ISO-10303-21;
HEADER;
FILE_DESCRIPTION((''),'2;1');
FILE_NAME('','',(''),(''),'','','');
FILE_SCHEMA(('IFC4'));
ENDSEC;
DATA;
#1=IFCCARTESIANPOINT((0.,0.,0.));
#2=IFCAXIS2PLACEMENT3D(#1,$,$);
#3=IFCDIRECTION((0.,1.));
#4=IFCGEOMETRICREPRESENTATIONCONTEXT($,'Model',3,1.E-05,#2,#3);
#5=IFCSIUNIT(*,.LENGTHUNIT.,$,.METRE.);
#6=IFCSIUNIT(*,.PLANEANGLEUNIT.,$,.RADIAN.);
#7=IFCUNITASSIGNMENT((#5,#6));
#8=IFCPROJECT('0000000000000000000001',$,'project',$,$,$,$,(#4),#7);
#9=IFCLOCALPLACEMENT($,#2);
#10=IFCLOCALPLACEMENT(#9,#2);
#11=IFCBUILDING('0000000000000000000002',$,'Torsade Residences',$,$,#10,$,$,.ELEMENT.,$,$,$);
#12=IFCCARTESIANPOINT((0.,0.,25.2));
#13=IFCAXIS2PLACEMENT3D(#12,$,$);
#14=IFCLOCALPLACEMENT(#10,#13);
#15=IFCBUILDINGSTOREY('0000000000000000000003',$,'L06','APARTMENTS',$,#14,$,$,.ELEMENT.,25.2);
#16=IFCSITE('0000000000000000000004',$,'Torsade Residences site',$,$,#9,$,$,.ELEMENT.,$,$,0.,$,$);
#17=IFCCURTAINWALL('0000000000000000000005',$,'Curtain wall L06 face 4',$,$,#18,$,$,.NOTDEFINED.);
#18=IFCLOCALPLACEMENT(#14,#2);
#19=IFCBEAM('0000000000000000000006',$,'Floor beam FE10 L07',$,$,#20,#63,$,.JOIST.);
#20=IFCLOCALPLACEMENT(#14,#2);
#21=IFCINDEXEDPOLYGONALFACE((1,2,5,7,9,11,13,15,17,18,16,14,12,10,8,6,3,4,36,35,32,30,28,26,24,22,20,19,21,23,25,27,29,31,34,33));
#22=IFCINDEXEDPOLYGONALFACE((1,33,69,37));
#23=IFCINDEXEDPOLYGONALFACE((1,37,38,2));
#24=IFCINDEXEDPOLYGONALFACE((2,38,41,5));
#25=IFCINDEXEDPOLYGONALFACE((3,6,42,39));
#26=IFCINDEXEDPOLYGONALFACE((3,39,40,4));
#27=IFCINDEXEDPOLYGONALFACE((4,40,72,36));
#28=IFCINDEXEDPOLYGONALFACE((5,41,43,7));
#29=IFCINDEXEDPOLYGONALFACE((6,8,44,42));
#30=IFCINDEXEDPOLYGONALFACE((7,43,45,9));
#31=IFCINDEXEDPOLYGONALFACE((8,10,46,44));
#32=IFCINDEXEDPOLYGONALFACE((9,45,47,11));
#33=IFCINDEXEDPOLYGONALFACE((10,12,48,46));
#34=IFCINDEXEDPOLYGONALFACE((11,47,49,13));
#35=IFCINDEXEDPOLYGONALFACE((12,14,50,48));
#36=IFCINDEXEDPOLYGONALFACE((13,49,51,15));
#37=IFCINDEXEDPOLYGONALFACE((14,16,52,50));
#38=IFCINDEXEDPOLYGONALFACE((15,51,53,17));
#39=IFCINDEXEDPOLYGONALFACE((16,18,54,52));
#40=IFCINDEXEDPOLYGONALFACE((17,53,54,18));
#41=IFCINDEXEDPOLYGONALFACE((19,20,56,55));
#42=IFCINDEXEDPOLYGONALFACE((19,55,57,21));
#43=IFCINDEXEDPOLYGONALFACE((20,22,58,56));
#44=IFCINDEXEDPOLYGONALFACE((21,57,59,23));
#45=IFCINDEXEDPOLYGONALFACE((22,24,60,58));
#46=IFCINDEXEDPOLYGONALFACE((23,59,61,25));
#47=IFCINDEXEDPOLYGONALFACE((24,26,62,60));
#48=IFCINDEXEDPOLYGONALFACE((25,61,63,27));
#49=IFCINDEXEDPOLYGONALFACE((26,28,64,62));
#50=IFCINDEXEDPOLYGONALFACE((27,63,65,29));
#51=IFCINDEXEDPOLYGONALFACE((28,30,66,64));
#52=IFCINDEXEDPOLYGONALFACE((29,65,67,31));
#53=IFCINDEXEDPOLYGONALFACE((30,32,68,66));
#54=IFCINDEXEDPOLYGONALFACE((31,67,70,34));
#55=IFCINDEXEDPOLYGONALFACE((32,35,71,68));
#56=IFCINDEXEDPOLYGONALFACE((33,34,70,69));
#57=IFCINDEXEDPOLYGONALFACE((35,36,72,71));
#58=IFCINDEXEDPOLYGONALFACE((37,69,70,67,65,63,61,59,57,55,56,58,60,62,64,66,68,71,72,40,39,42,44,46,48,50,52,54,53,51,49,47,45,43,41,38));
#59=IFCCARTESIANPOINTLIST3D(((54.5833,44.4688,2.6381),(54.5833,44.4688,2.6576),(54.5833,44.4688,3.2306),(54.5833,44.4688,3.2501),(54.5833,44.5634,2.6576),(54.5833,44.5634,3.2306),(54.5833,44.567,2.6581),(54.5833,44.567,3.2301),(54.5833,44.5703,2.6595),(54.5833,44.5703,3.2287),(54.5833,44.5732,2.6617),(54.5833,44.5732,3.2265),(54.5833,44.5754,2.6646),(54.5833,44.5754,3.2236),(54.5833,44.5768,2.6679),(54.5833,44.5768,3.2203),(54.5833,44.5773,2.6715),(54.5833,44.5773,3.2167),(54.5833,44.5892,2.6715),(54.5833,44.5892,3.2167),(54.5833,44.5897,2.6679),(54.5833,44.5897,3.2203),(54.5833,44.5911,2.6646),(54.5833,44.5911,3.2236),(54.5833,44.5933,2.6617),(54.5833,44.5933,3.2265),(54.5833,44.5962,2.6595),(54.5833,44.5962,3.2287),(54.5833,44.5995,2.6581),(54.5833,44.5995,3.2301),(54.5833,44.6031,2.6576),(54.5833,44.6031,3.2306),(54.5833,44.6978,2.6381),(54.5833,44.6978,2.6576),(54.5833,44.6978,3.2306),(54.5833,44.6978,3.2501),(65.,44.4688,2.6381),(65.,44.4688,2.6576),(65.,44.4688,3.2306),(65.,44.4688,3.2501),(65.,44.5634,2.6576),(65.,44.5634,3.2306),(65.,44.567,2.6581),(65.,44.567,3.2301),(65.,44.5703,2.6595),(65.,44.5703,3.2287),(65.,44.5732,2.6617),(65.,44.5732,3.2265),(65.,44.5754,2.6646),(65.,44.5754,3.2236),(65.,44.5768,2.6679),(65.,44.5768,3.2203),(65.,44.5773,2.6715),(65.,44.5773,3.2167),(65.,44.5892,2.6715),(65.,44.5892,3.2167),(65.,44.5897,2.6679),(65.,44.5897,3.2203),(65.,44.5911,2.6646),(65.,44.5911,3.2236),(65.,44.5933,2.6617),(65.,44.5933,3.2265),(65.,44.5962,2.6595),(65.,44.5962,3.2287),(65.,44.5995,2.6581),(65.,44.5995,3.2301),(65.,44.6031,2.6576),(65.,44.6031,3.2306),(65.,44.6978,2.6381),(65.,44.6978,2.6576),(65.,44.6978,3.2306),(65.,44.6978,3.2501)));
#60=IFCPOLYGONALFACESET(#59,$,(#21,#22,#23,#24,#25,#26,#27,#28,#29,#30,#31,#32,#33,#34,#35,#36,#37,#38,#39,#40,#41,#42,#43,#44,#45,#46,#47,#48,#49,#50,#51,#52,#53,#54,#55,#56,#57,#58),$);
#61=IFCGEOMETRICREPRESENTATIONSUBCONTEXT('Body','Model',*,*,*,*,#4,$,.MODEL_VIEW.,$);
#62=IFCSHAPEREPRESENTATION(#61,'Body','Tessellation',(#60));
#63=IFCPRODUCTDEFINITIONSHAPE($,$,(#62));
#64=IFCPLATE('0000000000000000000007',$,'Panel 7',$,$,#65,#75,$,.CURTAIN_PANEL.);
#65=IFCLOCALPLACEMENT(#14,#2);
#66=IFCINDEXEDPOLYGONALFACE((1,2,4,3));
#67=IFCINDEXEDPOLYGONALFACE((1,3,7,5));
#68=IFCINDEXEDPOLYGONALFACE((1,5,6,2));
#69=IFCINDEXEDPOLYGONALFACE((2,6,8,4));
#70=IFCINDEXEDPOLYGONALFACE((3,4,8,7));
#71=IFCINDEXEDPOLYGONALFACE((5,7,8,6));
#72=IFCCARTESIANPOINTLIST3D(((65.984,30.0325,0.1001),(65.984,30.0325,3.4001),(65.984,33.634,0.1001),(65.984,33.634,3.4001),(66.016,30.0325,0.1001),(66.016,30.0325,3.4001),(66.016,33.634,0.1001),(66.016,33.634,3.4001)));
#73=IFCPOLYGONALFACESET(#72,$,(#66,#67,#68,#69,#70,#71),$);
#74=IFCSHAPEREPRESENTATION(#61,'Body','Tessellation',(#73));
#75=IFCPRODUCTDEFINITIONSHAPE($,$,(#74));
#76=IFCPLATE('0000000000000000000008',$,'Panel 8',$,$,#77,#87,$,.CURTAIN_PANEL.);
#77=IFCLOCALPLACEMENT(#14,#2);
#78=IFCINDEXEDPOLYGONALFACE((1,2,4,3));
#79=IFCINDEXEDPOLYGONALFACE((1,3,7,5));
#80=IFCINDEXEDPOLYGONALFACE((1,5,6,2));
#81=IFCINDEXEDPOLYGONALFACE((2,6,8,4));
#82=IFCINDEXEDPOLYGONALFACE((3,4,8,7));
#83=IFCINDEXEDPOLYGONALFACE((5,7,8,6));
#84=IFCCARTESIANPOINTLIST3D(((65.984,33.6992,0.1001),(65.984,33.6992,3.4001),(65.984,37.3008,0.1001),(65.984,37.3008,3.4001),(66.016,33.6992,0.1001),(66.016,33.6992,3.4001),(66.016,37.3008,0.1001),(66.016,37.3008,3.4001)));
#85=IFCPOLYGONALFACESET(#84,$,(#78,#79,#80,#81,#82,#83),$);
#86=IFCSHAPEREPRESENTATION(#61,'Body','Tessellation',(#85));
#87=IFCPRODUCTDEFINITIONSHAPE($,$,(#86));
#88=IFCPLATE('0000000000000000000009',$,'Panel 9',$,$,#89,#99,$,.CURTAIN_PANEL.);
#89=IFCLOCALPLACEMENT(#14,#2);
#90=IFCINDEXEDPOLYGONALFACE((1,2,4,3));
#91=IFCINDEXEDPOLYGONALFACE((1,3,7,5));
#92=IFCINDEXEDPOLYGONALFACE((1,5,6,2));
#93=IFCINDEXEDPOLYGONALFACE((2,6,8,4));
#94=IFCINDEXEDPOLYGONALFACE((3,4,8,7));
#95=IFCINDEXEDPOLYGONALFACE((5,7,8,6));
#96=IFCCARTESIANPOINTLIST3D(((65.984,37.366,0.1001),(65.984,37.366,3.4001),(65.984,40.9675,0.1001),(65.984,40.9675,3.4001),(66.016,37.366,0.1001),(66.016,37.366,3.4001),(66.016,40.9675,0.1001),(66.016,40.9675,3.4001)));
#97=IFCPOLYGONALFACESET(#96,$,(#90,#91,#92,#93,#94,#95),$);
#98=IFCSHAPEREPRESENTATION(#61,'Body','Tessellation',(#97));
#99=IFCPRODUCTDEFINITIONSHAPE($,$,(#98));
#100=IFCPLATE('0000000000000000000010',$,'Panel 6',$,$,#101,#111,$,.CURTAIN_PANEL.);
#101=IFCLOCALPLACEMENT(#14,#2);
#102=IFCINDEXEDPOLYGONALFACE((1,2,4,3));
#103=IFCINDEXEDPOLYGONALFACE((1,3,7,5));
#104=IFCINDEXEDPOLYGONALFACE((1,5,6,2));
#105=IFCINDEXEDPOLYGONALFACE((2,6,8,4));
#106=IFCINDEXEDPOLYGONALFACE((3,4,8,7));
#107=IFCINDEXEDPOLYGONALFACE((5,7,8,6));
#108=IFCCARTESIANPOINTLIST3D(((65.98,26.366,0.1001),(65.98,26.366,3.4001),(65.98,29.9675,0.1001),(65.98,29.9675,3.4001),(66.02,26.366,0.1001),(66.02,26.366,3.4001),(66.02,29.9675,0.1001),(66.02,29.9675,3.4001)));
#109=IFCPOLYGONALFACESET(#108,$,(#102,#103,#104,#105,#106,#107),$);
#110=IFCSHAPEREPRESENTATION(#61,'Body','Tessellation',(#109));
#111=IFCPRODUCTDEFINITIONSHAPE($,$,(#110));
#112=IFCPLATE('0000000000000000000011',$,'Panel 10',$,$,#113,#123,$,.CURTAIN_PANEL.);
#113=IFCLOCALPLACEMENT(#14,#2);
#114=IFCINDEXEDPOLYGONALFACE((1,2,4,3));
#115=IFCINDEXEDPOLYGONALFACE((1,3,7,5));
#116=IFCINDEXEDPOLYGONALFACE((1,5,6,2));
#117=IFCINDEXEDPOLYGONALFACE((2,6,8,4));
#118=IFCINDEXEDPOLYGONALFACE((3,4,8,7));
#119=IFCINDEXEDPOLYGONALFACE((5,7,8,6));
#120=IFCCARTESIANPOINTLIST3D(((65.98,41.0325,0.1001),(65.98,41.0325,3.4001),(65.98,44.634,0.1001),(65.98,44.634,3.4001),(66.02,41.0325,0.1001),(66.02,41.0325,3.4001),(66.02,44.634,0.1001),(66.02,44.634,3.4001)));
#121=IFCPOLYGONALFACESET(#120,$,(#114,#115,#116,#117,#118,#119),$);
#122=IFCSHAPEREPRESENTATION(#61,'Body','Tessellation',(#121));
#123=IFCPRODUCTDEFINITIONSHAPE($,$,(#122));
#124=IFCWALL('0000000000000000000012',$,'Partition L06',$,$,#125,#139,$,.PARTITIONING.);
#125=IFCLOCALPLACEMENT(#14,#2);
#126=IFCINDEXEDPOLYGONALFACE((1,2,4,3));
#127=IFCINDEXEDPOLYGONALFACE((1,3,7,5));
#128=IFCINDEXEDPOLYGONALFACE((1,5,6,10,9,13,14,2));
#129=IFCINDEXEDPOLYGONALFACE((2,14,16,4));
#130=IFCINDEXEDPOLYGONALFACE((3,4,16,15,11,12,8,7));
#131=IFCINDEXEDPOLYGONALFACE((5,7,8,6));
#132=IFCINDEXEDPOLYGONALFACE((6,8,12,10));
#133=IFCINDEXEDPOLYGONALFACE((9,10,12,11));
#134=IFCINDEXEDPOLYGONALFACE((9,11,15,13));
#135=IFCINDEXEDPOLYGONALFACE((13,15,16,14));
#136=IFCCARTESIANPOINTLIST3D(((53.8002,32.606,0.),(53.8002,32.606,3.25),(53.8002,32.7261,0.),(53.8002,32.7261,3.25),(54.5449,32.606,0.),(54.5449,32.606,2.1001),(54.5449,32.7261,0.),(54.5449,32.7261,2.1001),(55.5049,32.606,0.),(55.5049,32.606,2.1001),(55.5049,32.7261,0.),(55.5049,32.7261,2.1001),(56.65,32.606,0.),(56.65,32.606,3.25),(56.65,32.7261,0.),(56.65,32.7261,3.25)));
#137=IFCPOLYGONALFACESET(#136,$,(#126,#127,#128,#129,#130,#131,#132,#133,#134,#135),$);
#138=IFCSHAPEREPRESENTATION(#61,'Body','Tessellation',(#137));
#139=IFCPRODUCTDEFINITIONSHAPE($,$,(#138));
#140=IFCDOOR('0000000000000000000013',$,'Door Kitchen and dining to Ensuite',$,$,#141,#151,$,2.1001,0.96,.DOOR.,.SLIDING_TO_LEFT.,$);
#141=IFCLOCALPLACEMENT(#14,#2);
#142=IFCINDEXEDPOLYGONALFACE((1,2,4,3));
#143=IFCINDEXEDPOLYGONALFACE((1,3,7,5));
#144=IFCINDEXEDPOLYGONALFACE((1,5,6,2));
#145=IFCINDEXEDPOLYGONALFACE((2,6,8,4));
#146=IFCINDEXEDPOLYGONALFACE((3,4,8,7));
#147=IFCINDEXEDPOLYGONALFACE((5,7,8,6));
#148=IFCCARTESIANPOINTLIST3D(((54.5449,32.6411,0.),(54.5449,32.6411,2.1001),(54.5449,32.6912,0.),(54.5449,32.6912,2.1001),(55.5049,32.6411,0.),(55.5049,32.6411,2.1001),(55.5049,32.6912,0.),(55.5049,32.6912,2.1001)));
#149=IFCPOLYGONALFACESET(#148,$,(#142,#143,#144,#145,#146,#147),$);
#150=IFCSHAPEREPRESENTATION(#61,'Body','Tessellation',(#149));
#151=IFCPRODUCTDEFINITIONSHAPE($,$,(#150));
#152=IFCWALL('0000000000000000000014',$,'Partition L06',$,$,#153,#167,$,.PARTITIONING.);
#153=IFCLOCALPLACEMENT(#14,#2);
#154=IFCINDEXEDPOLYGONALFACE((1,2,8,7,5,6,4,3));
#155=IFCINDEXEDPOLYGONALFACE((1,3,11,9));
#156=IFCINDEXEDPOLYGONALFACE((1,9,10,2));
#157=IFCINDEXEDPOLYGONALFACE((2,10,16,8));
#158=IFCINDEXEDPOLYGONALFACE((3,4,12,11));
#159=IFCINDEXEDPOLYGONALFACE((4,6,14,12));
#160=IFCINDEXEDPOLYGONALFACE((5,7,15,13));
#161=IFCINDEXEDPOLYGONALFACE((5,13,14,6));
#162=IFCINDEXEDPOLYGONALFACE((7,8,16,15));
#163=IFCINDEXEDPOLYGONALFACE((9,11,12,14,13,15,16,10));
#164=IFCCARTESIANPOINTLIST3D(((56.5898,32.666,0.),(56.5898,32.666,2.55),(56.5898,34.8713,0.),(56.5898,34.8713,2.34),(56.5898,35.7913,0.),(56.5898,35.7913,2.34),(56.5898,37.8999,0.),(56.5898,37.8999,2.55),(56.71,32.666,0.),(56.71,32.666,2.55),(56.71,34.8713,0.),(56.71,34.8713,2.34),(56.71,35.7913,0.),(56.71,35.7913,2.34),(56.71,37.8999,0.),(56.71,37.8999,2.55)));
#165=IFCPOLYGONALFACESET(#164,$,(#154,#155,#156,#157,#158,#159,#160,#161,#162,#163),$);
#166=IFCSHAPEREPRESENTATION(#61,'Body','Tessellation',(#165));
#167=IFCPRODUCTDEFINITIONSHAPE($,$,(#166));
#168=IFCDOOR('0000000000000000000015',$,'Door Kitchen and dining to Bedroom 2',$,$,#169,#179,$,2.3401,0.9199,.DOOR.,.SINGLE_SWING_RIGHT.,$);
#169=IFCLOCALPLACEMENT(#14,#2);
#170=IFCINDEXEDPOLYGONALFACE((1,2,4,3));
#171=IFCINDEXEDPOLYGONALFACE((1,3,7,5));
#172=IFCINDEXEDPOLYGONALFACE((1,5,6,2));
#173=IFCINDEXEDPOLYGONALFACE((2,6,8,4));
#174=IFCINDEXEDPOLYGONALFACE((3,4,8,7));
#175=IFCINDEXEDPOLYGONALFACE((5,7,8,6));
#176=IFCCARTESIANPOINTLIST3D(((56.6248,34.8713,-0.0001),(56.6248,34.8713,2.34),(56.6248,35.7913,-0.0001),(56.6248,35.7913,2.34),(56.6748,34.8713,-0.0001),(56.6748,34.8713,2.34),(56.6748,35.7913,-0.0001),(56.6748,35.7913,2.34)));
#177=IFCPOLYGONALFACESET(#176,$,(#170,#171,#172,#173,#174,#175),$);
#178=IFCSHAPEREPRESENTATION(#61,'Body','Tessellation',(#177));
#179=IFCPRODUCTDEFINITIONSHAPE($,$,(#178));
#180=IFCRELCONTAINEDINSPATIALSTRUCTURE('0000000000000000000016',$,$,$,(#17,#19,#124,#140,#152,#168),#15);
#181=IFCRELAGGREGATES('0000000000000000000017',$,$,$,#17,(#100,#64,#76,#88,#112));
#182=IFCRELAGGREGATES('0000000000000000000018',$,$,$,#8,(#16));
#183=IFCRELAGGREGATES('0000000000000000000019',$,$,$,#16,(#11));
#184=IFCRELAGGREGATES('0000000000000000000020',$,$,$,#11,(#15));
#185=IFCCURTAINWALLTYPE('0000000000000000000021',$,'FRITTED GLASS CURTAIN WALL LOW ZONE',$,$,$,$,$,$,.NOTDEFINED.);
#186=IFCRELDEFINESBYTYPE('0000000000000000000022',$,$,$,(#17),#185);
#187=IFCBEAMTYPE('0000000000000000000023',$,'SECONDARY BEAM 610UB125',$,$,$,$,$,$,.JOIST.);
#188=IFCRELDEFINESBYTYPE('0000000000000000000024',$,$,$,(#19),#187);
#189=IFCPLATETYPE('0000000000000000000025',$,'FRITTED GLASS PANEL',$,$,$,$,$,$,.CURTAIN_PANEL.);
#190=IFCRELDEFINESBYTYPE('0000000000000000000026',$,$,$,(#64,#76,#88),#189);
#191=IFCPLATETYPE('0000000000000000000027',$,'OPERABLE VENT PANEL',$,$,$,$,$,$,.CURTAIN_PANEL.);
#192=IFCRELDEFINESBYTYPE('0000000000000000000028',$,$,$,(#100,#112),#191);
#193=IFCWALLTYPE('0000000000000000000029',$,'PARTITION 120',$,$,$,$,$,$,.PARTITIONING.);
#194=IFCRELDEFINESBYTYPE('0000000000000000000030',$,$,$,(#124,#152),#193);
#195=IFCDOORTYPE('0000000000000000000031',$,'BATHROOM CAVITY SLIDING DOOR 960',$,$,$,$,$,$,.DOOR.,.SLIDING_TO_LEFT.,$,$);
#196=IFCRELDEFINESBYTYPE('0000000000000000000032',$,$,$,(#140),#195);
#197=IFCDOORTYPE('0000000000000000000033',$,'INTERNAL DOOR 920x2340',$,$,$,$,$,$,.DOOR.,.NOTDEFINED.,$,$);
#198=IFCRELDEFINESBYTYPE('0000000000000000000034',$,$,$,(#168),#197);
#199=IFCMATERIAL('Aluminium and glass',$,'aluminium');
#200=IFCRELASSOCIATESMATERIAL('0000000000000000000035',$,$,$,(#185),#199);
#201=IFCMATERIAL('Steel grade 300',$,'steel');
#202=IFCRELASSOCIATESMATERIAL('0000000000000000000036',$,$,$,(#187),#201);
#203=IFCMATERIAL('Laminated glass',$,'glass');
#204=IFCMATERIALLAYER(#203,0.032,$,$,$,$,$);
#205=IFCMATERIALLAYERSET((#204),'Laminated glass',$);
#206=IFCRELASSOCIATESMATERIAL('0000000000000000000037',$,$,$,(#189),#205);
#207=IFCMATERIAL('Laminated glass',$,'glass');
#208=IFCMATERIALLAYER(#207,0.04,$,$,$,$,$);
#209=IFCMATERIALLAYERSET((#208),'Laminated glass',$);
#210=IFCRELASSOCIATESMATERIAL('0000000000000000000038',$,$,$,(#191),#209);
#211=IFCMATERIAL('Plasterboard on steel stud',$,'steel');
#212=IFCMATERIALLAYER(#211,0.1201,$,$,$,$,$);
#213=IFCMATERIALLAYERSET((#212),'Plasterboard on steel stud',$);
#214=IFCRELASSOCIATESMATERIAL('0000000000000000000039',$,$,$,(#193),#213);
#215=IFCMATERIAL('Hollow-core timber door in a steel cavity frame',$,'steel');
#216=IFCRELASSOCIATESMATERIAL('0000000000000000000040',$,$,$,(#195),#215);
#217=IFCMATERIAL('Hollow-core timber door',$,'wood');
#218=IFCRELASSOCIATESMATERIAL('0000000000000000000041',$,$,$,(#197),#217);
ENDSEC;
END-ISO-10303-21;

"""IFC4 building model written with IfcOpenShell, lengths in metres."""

from ifc_helpers import new_model, si_unit, direction, frame, frame_2d, origin, origin_2d, place, context, subcontext, project, spatial, rectangle, i_section, extrude, material, layer, layer_set, material_profile, profile_set, type_object, element, fill, aggregate, save


model = new_model("IFC4")

# Units and contexts
model_context = context("Model", 3, precision=1e-05, world=origin(), true_north=direction((0.0, 1.0)))
body_context = subcontext(model_context, "Body", "Model", "MODEL_VIEW")
ifc_project = project(units=[si_unit("LENGTHUNIT", "METRE"), si_unit("PLANEANGLEUNIT", "RADIAN")], contexts=[model_context])

# Site, building, storey
site_placement = place(None, origin())
site = spatial("IfcSite", under=ifc_project, at=site_placement, Name="Torsade Residences site", CompositionType="ELEMENT", RefElevation=0.0)
building_placement = place(site_placement, origin())
building = spatial("IfcBuilding", under=site, at=building_placement, Name="Torsade Residences", CompositionType="ELEMENT")
storey_placement = place(building_placement, frame((0.0, 0.0, 25.2)))
storey = spatial("IfcBuildingStorey", under=building, at=storey_placement, Name="L06", Description="APARTMENTS", CompositionType="ELEMENT", Elevation=25.2)

# Curtain wall
ifc_material_1 = material(Name="Aluminium and glass", Category="aluminium")
curtain_wall_type = type_object("IfcCurtainWallType", Name="FRITTED GLASS CURTAIN WALL LOW ZONE", PredefinedType="NOTDEFINED", material=ifc_material_1)
curtain_wall_placement = place(storey_placement, origin())
curtain_wall = element("IfcCurtainWall", 1, at=curtain_wall_placement, inside=storey, type_object=curtain_wall_type, Name="Curtain wall L06 face 4", PredefinedType="NOTDEFINED")

# Beam
ifc_material_2 = material(Name="Steel grade 300", Category="steel")
ifc_material_profile_1 = material_profile(ifc_material_2, i_section(OverallWidth=0.229, OverallDepth=0.6121, WebThickness=0.012, FlangeThickness=0.0195, FilletRadius=0.0139, at=origin_2d()), Name="610UB125")
ifc_profile_set_1 = profile_set([ifc_material_profile_1], Name="Steel grade 300")
beam_type_1 = type_object("IfcBeamType", Name="SECONDARY BEAM 610UB125", PredefinedType="JOIST", material=ifc_profile_set_1)
beam_1_placement = place(storey_placement, frame((65.0, 44.5833, 2.9441), z_axis=(-1.0, 0.0, 0.0), x_axis=(0.0, -1.0, 0.0)))
element("IfcBeam", 2, at=beam_1_placement, inside=storey, type_object=beam_type_1, Name="Floor beam FE10 L07", PredefinedType="JOIST", context=body_context, shape_type="SweptSolid", body=[
    extrude(i_section(OverallWidth=0.229, OverallDepth=0.6121, WebThickness=0.012, FlangeThickness=0.0195, FilletRadius=0.0139, at=origin_2d()), origin(), (0.0, 0.0, 1.0), 10.4167),
])

# Plates
ifc_material_3 = material(Name="Laminated glass", Category="glass")
ifc_layer_1 = layer(ifc_material_3, 0.032)
ifc_layer_set_1 = layer_set([ifc_layer_1], Name="Laminated glass")
plate_type_1 = type_object("IfcPlateType", Name="FRITTED GLASS PANEL", PredefinedType="CURTAIN_PANEL", material=ifc_layer_set_1)
plate_1_placement = place(storey_placement, frame((66.0, 31.8333, 0.1001), z_axis=(0.0, 0.0, 1.0), x_axis=(0.0, 1.0, 0.0)))
plate_1 = element("IfcPlate", 3, at=plate_1_placement, type_object=plate_type_1, Name="Panel 7", PredefinedType="CURTAIN_PANEL", context=body_context, shape_type="SweptSolid", body=[
    extrude(rectangle(XDim=3.6016, YDim=0.032, at=origin_2d()), origin(), (0.0, 0.0, 1.0), 3.3),
])
plate_2_placement = place(storey_placement, frame((66.0, 35.5, 0.1001), z_axis=(0.0, 0.0, 1.0), x_axis=(0.0, 1.0, 0.0)))
plate_2 = element("IfcPlate", 4, at=plate_2_placement, type_object=plate_type_1, Name="Panel 8", PredefinedType="CURTAIN_PANEL", context=body_context, shape_type="SweptSolid", body=[
    extrude(rectangle(XDim=3.6016, YDim=0.032, at=origin_2d()), origin(), (0.0, 0.0, 1.0), 3.3),
])
plate_3_placement = place(storey_placement, frame((66.0, 39.1667, 0.1001), z_axis=(0.0, 0.0, 1.0), x_axis=(0.0, 1.0, 0.0)))
plate_3 = element("IfcPlate", 5, at=plate_3_placement, type_object=plate_type_1, Name="Panel 9", PredefinedType="CURTAIN_PANEL", context=body_context, shape_type="SweptSolid", body=[
    extrude(rectangle(XDim=3.6016, YDim=0.032, at=origin_2d()), origin(), (0.0, 0.0, 1.0), 3.3),
])
ifc_material_4 = material(Name="Laminated glass", Category="glass")
ifc_layer_2 = layer(ifc_material_4, 0.04)
ifc_layer_set_2 = layer_set([ifc_layer_2], Name="Laminated glass")
plate_type_2 = type_object("IfcPlateType", Name="OPERABLE VENT PANEL", PredefinedType="CURTAIN_PANEL", material=ifc_layer_set_2)
plate_4_placement = place(storey_placement, frame((66.0, 28.1667, 0.1001), z_axis=(0.0, 0.0, 1.0), x_axis=(0.0, 1.0, 0.0)))
plate_4 = element("IfcPlate", 6, at=plate_4_placement, type_object=plate_type_2, Name="Panel 6", PredefinedType="CURTAIN_PANEL", context=body_context, shape_type="SweptSolid", body=[
    extrude(rectangle(XDim=3.6016, YDim=0.04, at=origin_2d()), origin(), (0.0, 0.0, 1.0), 3.3),
])
plate_5_placement = place(storey_placement, frame((66.0, 42.8333, 0.1001), z_axis=(0.0, 0.0, 1.0), x_axis=(0.0, 1.0, 0.0)))
plate_5 = element("IfcPlate", 7, at=plate_5_placement, type_object=plate_type_2, Name="Panel 10", PredefinedType="CURTAIN_PANEL", context=body_context, shape_type="SweptSolid", body=[
    extrude(rectangle(XDim=3.6016, YDim=0.04, at=origin_2d()), origin(), (0.0, 0.0, 1.0), 3.3),
])
aggregate(curtain_wall, [plate_4, plate_1, plate_2, plate_3, plate_5])

# Walls, openings, doors
ifc_material_5 = material(Name="Plasterboard on steel stud", Category="steel")
ifc_layer_3 = layer(ifc_material_5, 0.1201)
ifc_layer_set_3 = layer_set([ifc_layer_3], Name="Plasterboard on steel stud")
wall_type_1 = type_object("IfcWallType", Name="PARTITION 120", PredefinedType="PARTITIONING", material=ifc_layer_set_3)
wall_1_placement = place(storey_placement, frame((56.6499, 32.666, 0.0), z_axis=(0.0, 0.0, 1.0), x_axis=(-1.0, 0.0, 0.0)))
wall_1 = element("IfcWall", 8, at=wall_1_placement, inside=storey, type_object=wall_type_1, Name="Partition L06", PredefinedType="PARTITIONING", context=body_context, shape_type="SweptSolid", body=[
    extrude(rectangle(XDim=2.8499, YDim=0.1201, at=frame_2d((1.4248, 0.0))), origin(), (0.0, 0.0, 1.0), 3.25),
])
opening_1_placement = place(wall_1_placement, frame((1.145, 0.0, 0.0)))
opening_1 = element("IfcOpeningElement", 9, at=opening_1_placement, cuts=wall_1, PredefinedType="OPENING", context=body_context, shape_type="SweptSolid", body=[
    extrude(rectangle(XDim=0.96, YDim=2.1001, at=frame_2d((0.48, 1.05))), frame((0.0, 0.0701, 0.0), z_axis=(0.0, -1.0, 0.0), x_axis=(1.0, 0.0, 0.0)), (0.0, 0.0, 1.0), 0.1401),
])
ifc_material_6 = material(Name="Hollow-core timber door in a steel cavity frame", Category="steel")
door_type_1 = type_object("IfcDoorType", Name="BATHROOM CAVITY SLIDING DOOR 960", OperationType="SLIDING_TO_LEFT", PredefinedType="DOOR", material=ifc_material_6)
door_1_placement = place(opening_1_placement, origin())
door_1 = element("IfcDoor", 10, at=door_1_placement, inside=storey, type_object=door_type_1, Name="Door Kitchen and dining to Ensuite", OperationType="SLIDING_TO_LEFT", OverallHeight=2.1001, OverallWidth=0.96, PredefinedType="DOOR", context=body_context, shape_type="SweptSolid", body=[
    extrude(rectangle(XDim=0.96, YDim=2.1001, at=frame_2d((0.48, 1.05))), frame((0.0, 0.0249, 0.0), z_axis=(0.0, -1.0, 0.0), x_axis=(1.0, 0.0, 0.0)), (0.0, 0.0, 1.0), 0.05),
])
fill(opening_1, door_1)
wall_2_placement = place(storey_placement, frame((56.6499, 37.8999, 0.0), z_axis=(0.0, 0.0, 1.0), x_axis=(0.0, -1.0, 0.0)))
wall_2 = element("IfcWall", 11, at=wall_2_placement, inside=storey, type_object=wall_type_1, Name="Partition L06", PredefinedType="PARTITIONING", context=body_context, shape_type="SweptSolid", body=[
    extrude(rectangle(XDim=5.2339, YDim=0.1201, at=frame_2d((2.6169, 0.0))), origin(), (0.0, 0.0, 1.0), 2.55),
])
opening_2_placement = place(wall_2_placement, frame((2.1086, 0.0, 0.0)))
opening_2 = element("IfcOpeningElement", 12, at=opening_2_placement, cuts=wall_2, PredefinedType="OPENING", context=body_context, shape_type="SweptSolid", body=[
    extrude(rectangle(XDim=0.9199, YDim=2.3401, at=frame_2d((0.46, 1.1699))), frame((0.0, 0.0701, 0.0), z_axis=(0.0, -1.0, 0.0), x_axis=(1.0, 0.0, 0.0)), (0.0, 0.0, 1.0), 0.1401),
])
ifc_material_7 = material(Name="Hollow-core timber door", Category="wood")
door_type_2 = type_object("IfcDoorType", Name="INTERNAL DOOR 920x2340", OperationType="NOTDEFINED", PredefinedType="DOOR", material=ifc_material_7)
door_2_placement = place(opening_2_placement, origin())
door_2 = element("IfcDoor", 13, at=door_2_placement, inside=storey, type_object=door_type_2, Name="Door Kitchen and dining to Bedroom 2", OperationType="SINGLE_SWING_RIGHT", OverallHeight=2.3401, OverallWidth=0.9199, PredefinedType="DOOR", context=body_context, shape_type="SweptSolid", body=[
    extrude(rectangle(XDim=0.9199, YDim=2.3401, at=frame_2d((0.46, 1.1699))), frame((0.0, 0.0249, 0.0), z_axis=(0.0, -1.0, 0.0), x_axis=(1.0, 0.0, 0.0)), (0.0, 0.0, 1.0), 0.05),
])
fill(opening_2, door_2)

save(model, "model.ifc")
